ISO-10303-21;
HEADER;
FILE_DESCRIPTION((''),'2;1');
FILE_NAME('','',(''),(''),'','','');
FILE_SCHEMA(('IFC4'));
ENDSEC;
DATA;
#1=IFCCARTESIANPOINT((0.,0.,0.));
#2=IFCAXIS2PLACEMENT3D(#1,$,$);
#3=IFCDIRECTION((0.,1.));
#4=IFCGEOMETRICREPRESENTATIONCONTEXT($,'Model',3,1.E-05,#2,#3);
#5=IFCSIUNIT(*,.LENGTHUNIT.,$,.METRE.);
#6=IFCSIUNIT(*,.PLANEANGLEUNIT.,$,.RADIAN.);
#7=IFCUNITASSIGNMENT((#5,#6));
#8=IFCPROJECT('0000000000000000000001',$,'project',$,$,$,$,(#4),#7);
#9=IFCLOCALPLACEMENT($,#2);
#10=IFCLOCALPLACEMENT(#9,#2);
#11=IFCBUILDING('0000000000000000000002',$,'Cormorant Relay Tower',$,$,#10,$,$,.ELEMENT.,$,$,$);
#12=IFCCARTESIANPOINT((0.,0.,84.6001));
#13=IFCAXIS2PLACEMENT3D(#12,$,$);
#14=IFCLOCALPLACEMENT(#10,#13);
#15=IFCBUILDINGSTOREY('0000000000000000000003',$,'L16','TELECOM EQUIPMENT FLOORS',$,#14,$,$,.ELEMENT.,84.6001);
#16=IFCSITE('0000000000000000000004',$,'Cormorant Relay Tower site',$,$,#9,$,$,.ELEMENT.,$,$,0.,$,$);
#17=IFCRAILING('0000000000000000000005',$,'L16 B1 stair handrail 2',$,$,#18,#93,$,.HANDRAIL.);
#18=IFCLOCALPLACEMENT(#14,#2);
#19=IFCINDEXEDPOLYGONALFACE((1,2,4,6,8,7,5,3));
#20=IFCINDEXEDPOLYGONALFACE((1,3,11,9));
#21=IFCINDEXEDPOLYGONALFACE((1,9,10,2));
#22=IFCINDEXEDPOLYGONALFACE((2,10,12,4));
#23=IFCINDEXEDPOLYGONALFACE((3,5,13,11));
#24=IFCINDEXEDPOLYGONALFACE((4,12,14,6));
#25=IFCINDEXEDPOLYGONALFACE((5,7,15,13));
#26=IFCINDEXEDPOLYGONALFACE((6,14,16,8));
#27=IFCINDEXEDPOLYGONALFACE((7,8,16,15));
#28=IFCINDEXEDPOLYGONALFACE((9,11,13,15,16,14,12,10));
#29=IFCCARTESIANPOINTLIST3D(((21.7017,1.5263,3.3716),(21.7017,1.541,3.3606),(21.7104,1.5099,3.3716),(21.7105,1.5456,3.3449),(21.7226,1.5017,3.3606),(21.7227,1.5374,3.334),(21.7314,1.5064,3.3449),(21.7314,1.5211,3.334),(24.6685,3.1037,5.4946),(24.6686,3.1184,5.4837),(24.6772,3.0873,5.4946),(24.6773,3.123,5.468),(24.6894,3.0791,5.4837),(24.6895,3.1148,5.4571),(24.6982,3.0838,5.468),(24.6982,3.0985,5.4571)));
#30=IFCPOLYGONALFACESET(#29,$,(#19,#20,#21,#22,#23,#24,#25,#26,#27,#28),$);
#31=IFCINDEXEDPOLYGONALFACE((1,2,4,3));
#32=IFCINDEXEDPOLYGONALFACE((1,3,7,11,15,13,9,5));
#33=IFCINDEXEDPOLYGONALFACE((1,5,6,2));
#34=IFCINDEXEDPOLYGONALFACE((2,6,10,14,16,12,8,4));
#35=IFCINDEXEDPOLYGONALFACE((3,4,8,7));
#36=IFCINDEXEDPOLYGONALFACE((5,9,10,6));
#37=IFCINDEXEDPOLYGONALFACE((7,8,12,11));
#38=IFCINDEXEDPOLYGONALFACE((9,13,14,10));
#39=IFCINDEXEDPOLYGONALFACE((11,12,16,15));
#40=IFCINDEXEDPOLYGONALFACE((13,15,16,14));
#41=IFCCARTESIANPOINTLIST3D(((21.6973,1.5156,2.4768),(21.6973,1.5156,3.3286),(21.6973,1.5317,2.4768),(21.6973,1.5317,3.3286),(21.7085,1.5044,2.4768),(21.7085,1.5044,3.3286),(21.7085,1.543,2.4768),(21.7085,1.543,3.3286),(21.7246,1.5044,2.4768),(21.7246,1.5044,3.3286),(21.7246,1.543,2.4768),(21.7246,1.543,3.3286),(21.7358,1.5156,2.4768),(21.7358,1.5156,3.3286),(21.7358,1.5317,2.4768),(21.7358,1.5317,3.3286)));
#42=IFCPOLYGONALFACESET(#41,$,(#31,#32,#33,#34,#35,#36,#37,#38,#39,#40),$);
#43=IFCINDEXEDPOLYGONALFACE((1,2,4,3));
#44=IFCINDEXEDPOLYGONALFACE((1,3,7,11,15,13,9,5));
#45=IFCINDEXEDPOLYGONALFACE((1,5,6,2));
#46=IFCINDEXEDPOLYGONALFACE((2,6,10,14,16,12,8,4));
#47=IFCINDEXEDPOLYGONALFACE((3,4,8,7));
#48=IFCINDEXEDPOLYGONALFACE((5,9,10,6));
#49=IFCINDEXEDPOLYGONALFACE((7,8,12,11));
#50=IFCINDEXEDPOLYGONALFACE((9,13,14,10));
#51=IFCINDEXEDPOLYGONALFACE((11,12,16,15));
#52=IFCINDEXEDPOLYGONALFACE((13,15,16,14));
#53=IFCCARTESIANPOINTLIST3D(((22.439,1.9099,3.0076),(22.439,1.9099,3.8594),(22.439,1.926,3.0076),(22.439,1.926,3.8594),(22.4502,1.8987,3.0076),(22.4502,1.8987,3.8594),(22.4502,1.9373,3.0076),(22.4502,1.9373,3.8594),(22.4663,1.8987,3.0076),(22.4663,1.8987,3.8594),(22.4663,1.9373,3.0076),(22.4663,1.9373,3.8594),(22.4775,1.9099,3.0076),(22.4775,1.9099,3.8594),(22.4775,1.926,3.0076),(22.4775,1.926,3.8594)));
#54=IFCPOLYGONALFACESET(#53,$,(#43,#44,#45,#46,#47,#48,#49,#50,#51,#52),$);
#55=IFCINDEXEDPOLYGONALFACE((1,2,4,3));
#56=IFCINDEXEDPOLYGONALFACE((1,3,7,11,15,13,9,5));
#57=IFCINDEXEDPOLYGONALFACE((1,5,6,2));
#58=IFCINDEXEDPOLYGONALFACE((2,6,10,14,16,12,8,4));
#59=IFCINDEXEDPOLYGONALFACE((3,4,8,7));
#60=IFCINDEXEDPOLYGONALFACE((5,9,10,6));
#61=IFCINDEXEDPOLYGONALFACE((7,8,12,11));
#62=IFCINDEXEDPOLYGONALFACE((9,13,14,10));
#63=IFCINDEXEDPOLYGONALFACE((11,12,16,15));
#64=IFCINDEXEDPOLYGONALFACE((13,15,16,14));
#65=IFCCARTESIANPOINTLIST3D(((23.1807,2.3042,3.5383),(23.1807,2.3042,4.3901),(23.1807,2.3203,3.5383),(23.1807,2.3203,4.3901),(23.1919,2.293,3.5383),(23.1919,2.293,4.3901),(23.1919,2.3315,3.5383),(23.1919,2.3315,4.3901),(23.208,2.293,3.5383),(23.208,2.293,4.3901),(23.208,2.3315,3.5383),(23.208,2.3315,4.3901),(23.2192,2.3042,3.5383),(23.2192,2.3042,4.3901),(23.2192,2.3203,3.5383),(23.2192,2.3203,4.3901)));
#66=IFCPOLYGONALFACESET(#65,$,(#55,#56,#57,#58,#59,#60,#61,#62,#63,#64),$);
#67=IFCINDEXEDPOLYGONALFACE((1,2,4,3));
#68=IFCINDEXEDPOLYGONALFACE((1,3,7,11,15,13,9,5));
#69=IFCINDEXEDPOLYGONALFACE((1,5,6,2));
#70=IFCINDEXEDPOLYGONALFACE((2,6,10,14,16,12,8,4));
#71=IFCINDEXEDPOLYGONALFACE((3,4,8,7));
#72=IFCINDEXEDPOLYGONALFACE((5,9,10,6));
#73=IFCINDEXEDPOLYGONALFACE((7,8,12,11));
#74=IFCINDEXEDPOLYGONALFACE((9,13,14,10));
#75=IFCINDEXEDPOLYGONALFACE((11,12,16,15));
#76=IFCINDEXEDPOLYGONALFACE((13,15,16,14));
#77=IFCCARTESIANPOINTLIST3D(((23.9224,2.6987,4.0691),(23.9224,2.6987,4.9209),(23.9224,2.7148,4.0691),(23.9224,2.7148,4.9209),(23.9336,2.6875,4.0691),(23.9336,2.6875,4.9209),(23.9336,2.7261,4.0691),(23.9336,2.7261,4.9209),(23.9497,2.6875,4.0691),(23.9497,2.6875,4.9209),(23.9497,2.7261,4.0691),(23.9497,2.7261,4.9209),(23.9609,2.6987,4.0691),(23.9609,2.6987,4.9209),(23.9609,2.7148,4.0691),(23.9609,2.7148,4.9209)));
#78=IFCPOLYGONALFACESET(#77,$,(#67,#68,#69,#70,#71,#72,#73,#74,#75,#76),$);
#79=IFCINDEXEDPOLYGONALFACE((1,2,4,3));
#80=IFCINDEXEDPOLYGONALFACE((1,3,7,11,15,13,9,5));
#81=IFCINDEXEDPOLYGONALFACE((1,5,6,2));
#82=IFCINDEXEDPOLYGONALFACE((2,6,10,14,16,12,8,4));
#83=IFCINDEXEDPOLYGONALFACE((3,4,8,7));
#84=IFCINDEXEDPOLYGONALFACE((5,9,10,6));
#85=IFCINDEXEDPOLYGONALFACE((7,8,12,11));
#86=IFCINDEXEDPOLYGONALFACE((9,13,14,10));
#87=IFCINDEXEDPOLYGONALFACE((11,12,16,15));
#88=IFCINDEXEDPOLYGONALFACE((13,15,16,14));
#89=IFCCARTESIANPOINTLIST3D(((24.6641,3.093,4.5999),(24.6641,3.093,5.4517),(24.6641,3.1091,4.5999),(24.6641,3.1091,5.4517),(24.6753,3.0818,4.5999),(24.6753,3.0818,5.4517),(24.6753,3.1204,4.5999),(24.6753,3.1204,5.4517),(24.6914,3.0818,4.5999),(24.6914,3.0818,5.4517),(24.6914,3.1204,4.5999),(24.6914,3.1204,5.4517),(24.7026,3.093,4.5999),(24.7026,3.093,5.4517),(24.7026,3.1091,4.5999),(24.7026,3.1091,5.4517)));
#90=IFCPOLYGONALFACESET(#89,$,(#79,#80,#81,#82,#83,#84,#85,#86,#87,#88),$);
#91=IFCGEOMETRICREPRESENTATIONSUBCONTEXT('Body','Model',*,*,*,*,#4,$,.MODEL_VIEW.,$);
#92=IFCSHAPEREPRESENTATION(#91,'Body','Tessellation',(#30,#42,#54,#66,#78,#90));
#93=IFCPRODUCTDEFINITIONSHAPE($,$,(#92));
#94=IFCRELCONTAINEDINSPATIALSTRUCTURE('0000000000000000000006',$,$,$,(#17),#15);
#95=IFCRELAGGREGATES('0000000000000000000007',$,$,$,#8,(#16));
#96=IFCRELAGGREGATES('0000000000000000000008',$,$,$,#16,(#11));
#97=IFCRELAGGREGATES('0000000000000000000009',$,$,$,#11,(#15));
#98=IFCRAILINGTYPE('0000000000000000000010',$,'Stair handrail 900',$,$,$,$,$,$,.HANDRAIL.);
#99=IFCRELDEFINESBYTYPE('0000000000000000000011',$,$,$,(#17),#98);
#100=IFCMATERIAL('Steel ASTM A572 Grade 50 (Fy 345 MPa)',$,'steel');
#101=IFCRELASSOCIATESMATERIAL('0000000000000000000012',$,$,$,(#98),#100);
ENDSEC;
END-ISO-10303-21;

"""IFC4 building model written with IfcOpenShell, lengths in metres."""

from ifc_helpers import new_model, si_unit, direction, frame, origin, place, context, subcontext, project, spatial, polyline, outline, extrude, material, type_object, element, save


model = new_model("IFC4")

# Units and contexts
model_context = context("Model", 3, precision=1e-05, world=origin(), true_north=direction((0.0, 1.0)))
body_context = subcontext(model_context, "Body", "Model", "MODEL_VIEW")
ifc_project = project(units=[si_unit("LENGTHUNIT", "METRE"), si_unit("PLANEANGLEUNIT", "RADIAN")], contexts=[model_context])

# Site, building, storey
site_placement = place(None, origin())
site = spatial("IfcSite", under=ifc_project, at=site_placement, Name="Cormorant Relay Tower site", CompositionType="ELEMENT", RefElevation=0.0)
building_placement = place(site_placement, origin())
building = spatial("IfcBuilding", under=site, at=building_placement, Name="Cormorant Relay Tower", CompositionType="ELEMENT")
storey_placement = place(building_placement, frame((0.0, 0.0, 84.6001)))
storey = spatial("IfcBuildingStorey", under=building, at=storey_placement, Name="L16", Description="TELECOM EQUIPMENT FLOORS", CompositionType="ELEMENT", Elevation=84.6001)

# Railing
ifc_material_1 = material(Name="Steel ASTM A572 Grade 50 (Fy 345 MPa)", Category="steel")
railing_type_1 = type_object("IfcRailingType", Name="Stair handrail 900", PredefinedType="HANDRAIL", material=ifc_material_1)
railing_1_placement = place(storey_placement, frame((21.7166, 1.5237, 2.4768)))
element("IfcRailing", 1, at=railing_1_placement, inside=storey, type_object=railing_type_1, Name="L16 B1 stair handrail 2", PredefinedType="HANDRAIL", context=body_context, shape_type="SweptSolid", body=[
    extrude(outline(polyline([(0.0222, 0.0093), (0.0093, 0.0222), (-0.0093, 0.0222), (-0.0222, 0.0093), (-0.0222, -0.0093), (-0.0093, -0.0222), (0.0093, -0.0222), (0.0222, -0.0093), (0.0222, 0.0093)])), frame((0.0, 0.0, 0.876), z_axis=(0.746441, 0.396869, 0.534155), x_axis=(-0.469453, 0.882958, 0.0)), (0.0, 0.0, 1.0), 3.9746),
    extrude(outline(polyline([(0.0193, 0.0081), (0.0081, 0.0193), (-0.0081, 0.0193), (-0.0193, 0.0081), (-0.0193, -0.0081), (-0.0081, -0.0193), (0.0081, -0.0193), (0.0193, -0.0081), (0.0193, 0.0081)])), origin(), (0.0, 0.0, 1.0), 0.8518),
    extrude(outline(polyline([(0.0193, 0.0081), (0.0081, 0.0193), (-0.0081, 0.0193), (-0.0193, 0.0081), (-0.0193, -0.0081), (-0.0081, -0.0193), (0.0081, -0.0193), (0.0193, -0.0081), (0.0193, 0.0081)])), frame((0.7417, 0.3943, 0.5308)), (0.0, 0.0, 1.0), 0.8518),
    extrude(outline(polyline([(0.0193, 0.0081), (0.0081, 0.0193), (-0.0081, 0.0193), (-0.0193, 0.0081), (-0.0193, -0.0081), (-0.0081, -0.0193), (0.0081, -0.0193), (0.0193, -0.0081), (0.0193, 0.0081)])), frame((1.4834, 0.7886, 1.0615)), (0.0, 0.0, 1.0), 0.8518),
    extrude(outline(polyline([(0.0193, 0.0081), (0.0081, 0.0193), (-0.0081, 0.0193), (-0.0193, 0.0081), (-0.0193, -0.0081), (-0.0081, -0.0193), (0.0081, -0.0193), (0.0193, -0.0081), (0.0193, 0.0081)])), frame((2.2251, 1.1831, 1.5923)), (0.0, 0.0, 1.0), 0.8518),
    extrude(outline(polyline([(0.0193, 0.0081), (0.0081, 0.0193), (-0.0081, 0.0193), (-0.0193, 0.0081), (-0.0193, -0.0081), (-0.0081, -0.0193), (0.0081, -0.0193), (0.0193, -0.0081), (0.0193, 0.0081)])), frame((2.9668, 1.5774, 2.123)), (0.0, 0.0, 1.0), 0.8518),
])

save(model, "model.ifc")
